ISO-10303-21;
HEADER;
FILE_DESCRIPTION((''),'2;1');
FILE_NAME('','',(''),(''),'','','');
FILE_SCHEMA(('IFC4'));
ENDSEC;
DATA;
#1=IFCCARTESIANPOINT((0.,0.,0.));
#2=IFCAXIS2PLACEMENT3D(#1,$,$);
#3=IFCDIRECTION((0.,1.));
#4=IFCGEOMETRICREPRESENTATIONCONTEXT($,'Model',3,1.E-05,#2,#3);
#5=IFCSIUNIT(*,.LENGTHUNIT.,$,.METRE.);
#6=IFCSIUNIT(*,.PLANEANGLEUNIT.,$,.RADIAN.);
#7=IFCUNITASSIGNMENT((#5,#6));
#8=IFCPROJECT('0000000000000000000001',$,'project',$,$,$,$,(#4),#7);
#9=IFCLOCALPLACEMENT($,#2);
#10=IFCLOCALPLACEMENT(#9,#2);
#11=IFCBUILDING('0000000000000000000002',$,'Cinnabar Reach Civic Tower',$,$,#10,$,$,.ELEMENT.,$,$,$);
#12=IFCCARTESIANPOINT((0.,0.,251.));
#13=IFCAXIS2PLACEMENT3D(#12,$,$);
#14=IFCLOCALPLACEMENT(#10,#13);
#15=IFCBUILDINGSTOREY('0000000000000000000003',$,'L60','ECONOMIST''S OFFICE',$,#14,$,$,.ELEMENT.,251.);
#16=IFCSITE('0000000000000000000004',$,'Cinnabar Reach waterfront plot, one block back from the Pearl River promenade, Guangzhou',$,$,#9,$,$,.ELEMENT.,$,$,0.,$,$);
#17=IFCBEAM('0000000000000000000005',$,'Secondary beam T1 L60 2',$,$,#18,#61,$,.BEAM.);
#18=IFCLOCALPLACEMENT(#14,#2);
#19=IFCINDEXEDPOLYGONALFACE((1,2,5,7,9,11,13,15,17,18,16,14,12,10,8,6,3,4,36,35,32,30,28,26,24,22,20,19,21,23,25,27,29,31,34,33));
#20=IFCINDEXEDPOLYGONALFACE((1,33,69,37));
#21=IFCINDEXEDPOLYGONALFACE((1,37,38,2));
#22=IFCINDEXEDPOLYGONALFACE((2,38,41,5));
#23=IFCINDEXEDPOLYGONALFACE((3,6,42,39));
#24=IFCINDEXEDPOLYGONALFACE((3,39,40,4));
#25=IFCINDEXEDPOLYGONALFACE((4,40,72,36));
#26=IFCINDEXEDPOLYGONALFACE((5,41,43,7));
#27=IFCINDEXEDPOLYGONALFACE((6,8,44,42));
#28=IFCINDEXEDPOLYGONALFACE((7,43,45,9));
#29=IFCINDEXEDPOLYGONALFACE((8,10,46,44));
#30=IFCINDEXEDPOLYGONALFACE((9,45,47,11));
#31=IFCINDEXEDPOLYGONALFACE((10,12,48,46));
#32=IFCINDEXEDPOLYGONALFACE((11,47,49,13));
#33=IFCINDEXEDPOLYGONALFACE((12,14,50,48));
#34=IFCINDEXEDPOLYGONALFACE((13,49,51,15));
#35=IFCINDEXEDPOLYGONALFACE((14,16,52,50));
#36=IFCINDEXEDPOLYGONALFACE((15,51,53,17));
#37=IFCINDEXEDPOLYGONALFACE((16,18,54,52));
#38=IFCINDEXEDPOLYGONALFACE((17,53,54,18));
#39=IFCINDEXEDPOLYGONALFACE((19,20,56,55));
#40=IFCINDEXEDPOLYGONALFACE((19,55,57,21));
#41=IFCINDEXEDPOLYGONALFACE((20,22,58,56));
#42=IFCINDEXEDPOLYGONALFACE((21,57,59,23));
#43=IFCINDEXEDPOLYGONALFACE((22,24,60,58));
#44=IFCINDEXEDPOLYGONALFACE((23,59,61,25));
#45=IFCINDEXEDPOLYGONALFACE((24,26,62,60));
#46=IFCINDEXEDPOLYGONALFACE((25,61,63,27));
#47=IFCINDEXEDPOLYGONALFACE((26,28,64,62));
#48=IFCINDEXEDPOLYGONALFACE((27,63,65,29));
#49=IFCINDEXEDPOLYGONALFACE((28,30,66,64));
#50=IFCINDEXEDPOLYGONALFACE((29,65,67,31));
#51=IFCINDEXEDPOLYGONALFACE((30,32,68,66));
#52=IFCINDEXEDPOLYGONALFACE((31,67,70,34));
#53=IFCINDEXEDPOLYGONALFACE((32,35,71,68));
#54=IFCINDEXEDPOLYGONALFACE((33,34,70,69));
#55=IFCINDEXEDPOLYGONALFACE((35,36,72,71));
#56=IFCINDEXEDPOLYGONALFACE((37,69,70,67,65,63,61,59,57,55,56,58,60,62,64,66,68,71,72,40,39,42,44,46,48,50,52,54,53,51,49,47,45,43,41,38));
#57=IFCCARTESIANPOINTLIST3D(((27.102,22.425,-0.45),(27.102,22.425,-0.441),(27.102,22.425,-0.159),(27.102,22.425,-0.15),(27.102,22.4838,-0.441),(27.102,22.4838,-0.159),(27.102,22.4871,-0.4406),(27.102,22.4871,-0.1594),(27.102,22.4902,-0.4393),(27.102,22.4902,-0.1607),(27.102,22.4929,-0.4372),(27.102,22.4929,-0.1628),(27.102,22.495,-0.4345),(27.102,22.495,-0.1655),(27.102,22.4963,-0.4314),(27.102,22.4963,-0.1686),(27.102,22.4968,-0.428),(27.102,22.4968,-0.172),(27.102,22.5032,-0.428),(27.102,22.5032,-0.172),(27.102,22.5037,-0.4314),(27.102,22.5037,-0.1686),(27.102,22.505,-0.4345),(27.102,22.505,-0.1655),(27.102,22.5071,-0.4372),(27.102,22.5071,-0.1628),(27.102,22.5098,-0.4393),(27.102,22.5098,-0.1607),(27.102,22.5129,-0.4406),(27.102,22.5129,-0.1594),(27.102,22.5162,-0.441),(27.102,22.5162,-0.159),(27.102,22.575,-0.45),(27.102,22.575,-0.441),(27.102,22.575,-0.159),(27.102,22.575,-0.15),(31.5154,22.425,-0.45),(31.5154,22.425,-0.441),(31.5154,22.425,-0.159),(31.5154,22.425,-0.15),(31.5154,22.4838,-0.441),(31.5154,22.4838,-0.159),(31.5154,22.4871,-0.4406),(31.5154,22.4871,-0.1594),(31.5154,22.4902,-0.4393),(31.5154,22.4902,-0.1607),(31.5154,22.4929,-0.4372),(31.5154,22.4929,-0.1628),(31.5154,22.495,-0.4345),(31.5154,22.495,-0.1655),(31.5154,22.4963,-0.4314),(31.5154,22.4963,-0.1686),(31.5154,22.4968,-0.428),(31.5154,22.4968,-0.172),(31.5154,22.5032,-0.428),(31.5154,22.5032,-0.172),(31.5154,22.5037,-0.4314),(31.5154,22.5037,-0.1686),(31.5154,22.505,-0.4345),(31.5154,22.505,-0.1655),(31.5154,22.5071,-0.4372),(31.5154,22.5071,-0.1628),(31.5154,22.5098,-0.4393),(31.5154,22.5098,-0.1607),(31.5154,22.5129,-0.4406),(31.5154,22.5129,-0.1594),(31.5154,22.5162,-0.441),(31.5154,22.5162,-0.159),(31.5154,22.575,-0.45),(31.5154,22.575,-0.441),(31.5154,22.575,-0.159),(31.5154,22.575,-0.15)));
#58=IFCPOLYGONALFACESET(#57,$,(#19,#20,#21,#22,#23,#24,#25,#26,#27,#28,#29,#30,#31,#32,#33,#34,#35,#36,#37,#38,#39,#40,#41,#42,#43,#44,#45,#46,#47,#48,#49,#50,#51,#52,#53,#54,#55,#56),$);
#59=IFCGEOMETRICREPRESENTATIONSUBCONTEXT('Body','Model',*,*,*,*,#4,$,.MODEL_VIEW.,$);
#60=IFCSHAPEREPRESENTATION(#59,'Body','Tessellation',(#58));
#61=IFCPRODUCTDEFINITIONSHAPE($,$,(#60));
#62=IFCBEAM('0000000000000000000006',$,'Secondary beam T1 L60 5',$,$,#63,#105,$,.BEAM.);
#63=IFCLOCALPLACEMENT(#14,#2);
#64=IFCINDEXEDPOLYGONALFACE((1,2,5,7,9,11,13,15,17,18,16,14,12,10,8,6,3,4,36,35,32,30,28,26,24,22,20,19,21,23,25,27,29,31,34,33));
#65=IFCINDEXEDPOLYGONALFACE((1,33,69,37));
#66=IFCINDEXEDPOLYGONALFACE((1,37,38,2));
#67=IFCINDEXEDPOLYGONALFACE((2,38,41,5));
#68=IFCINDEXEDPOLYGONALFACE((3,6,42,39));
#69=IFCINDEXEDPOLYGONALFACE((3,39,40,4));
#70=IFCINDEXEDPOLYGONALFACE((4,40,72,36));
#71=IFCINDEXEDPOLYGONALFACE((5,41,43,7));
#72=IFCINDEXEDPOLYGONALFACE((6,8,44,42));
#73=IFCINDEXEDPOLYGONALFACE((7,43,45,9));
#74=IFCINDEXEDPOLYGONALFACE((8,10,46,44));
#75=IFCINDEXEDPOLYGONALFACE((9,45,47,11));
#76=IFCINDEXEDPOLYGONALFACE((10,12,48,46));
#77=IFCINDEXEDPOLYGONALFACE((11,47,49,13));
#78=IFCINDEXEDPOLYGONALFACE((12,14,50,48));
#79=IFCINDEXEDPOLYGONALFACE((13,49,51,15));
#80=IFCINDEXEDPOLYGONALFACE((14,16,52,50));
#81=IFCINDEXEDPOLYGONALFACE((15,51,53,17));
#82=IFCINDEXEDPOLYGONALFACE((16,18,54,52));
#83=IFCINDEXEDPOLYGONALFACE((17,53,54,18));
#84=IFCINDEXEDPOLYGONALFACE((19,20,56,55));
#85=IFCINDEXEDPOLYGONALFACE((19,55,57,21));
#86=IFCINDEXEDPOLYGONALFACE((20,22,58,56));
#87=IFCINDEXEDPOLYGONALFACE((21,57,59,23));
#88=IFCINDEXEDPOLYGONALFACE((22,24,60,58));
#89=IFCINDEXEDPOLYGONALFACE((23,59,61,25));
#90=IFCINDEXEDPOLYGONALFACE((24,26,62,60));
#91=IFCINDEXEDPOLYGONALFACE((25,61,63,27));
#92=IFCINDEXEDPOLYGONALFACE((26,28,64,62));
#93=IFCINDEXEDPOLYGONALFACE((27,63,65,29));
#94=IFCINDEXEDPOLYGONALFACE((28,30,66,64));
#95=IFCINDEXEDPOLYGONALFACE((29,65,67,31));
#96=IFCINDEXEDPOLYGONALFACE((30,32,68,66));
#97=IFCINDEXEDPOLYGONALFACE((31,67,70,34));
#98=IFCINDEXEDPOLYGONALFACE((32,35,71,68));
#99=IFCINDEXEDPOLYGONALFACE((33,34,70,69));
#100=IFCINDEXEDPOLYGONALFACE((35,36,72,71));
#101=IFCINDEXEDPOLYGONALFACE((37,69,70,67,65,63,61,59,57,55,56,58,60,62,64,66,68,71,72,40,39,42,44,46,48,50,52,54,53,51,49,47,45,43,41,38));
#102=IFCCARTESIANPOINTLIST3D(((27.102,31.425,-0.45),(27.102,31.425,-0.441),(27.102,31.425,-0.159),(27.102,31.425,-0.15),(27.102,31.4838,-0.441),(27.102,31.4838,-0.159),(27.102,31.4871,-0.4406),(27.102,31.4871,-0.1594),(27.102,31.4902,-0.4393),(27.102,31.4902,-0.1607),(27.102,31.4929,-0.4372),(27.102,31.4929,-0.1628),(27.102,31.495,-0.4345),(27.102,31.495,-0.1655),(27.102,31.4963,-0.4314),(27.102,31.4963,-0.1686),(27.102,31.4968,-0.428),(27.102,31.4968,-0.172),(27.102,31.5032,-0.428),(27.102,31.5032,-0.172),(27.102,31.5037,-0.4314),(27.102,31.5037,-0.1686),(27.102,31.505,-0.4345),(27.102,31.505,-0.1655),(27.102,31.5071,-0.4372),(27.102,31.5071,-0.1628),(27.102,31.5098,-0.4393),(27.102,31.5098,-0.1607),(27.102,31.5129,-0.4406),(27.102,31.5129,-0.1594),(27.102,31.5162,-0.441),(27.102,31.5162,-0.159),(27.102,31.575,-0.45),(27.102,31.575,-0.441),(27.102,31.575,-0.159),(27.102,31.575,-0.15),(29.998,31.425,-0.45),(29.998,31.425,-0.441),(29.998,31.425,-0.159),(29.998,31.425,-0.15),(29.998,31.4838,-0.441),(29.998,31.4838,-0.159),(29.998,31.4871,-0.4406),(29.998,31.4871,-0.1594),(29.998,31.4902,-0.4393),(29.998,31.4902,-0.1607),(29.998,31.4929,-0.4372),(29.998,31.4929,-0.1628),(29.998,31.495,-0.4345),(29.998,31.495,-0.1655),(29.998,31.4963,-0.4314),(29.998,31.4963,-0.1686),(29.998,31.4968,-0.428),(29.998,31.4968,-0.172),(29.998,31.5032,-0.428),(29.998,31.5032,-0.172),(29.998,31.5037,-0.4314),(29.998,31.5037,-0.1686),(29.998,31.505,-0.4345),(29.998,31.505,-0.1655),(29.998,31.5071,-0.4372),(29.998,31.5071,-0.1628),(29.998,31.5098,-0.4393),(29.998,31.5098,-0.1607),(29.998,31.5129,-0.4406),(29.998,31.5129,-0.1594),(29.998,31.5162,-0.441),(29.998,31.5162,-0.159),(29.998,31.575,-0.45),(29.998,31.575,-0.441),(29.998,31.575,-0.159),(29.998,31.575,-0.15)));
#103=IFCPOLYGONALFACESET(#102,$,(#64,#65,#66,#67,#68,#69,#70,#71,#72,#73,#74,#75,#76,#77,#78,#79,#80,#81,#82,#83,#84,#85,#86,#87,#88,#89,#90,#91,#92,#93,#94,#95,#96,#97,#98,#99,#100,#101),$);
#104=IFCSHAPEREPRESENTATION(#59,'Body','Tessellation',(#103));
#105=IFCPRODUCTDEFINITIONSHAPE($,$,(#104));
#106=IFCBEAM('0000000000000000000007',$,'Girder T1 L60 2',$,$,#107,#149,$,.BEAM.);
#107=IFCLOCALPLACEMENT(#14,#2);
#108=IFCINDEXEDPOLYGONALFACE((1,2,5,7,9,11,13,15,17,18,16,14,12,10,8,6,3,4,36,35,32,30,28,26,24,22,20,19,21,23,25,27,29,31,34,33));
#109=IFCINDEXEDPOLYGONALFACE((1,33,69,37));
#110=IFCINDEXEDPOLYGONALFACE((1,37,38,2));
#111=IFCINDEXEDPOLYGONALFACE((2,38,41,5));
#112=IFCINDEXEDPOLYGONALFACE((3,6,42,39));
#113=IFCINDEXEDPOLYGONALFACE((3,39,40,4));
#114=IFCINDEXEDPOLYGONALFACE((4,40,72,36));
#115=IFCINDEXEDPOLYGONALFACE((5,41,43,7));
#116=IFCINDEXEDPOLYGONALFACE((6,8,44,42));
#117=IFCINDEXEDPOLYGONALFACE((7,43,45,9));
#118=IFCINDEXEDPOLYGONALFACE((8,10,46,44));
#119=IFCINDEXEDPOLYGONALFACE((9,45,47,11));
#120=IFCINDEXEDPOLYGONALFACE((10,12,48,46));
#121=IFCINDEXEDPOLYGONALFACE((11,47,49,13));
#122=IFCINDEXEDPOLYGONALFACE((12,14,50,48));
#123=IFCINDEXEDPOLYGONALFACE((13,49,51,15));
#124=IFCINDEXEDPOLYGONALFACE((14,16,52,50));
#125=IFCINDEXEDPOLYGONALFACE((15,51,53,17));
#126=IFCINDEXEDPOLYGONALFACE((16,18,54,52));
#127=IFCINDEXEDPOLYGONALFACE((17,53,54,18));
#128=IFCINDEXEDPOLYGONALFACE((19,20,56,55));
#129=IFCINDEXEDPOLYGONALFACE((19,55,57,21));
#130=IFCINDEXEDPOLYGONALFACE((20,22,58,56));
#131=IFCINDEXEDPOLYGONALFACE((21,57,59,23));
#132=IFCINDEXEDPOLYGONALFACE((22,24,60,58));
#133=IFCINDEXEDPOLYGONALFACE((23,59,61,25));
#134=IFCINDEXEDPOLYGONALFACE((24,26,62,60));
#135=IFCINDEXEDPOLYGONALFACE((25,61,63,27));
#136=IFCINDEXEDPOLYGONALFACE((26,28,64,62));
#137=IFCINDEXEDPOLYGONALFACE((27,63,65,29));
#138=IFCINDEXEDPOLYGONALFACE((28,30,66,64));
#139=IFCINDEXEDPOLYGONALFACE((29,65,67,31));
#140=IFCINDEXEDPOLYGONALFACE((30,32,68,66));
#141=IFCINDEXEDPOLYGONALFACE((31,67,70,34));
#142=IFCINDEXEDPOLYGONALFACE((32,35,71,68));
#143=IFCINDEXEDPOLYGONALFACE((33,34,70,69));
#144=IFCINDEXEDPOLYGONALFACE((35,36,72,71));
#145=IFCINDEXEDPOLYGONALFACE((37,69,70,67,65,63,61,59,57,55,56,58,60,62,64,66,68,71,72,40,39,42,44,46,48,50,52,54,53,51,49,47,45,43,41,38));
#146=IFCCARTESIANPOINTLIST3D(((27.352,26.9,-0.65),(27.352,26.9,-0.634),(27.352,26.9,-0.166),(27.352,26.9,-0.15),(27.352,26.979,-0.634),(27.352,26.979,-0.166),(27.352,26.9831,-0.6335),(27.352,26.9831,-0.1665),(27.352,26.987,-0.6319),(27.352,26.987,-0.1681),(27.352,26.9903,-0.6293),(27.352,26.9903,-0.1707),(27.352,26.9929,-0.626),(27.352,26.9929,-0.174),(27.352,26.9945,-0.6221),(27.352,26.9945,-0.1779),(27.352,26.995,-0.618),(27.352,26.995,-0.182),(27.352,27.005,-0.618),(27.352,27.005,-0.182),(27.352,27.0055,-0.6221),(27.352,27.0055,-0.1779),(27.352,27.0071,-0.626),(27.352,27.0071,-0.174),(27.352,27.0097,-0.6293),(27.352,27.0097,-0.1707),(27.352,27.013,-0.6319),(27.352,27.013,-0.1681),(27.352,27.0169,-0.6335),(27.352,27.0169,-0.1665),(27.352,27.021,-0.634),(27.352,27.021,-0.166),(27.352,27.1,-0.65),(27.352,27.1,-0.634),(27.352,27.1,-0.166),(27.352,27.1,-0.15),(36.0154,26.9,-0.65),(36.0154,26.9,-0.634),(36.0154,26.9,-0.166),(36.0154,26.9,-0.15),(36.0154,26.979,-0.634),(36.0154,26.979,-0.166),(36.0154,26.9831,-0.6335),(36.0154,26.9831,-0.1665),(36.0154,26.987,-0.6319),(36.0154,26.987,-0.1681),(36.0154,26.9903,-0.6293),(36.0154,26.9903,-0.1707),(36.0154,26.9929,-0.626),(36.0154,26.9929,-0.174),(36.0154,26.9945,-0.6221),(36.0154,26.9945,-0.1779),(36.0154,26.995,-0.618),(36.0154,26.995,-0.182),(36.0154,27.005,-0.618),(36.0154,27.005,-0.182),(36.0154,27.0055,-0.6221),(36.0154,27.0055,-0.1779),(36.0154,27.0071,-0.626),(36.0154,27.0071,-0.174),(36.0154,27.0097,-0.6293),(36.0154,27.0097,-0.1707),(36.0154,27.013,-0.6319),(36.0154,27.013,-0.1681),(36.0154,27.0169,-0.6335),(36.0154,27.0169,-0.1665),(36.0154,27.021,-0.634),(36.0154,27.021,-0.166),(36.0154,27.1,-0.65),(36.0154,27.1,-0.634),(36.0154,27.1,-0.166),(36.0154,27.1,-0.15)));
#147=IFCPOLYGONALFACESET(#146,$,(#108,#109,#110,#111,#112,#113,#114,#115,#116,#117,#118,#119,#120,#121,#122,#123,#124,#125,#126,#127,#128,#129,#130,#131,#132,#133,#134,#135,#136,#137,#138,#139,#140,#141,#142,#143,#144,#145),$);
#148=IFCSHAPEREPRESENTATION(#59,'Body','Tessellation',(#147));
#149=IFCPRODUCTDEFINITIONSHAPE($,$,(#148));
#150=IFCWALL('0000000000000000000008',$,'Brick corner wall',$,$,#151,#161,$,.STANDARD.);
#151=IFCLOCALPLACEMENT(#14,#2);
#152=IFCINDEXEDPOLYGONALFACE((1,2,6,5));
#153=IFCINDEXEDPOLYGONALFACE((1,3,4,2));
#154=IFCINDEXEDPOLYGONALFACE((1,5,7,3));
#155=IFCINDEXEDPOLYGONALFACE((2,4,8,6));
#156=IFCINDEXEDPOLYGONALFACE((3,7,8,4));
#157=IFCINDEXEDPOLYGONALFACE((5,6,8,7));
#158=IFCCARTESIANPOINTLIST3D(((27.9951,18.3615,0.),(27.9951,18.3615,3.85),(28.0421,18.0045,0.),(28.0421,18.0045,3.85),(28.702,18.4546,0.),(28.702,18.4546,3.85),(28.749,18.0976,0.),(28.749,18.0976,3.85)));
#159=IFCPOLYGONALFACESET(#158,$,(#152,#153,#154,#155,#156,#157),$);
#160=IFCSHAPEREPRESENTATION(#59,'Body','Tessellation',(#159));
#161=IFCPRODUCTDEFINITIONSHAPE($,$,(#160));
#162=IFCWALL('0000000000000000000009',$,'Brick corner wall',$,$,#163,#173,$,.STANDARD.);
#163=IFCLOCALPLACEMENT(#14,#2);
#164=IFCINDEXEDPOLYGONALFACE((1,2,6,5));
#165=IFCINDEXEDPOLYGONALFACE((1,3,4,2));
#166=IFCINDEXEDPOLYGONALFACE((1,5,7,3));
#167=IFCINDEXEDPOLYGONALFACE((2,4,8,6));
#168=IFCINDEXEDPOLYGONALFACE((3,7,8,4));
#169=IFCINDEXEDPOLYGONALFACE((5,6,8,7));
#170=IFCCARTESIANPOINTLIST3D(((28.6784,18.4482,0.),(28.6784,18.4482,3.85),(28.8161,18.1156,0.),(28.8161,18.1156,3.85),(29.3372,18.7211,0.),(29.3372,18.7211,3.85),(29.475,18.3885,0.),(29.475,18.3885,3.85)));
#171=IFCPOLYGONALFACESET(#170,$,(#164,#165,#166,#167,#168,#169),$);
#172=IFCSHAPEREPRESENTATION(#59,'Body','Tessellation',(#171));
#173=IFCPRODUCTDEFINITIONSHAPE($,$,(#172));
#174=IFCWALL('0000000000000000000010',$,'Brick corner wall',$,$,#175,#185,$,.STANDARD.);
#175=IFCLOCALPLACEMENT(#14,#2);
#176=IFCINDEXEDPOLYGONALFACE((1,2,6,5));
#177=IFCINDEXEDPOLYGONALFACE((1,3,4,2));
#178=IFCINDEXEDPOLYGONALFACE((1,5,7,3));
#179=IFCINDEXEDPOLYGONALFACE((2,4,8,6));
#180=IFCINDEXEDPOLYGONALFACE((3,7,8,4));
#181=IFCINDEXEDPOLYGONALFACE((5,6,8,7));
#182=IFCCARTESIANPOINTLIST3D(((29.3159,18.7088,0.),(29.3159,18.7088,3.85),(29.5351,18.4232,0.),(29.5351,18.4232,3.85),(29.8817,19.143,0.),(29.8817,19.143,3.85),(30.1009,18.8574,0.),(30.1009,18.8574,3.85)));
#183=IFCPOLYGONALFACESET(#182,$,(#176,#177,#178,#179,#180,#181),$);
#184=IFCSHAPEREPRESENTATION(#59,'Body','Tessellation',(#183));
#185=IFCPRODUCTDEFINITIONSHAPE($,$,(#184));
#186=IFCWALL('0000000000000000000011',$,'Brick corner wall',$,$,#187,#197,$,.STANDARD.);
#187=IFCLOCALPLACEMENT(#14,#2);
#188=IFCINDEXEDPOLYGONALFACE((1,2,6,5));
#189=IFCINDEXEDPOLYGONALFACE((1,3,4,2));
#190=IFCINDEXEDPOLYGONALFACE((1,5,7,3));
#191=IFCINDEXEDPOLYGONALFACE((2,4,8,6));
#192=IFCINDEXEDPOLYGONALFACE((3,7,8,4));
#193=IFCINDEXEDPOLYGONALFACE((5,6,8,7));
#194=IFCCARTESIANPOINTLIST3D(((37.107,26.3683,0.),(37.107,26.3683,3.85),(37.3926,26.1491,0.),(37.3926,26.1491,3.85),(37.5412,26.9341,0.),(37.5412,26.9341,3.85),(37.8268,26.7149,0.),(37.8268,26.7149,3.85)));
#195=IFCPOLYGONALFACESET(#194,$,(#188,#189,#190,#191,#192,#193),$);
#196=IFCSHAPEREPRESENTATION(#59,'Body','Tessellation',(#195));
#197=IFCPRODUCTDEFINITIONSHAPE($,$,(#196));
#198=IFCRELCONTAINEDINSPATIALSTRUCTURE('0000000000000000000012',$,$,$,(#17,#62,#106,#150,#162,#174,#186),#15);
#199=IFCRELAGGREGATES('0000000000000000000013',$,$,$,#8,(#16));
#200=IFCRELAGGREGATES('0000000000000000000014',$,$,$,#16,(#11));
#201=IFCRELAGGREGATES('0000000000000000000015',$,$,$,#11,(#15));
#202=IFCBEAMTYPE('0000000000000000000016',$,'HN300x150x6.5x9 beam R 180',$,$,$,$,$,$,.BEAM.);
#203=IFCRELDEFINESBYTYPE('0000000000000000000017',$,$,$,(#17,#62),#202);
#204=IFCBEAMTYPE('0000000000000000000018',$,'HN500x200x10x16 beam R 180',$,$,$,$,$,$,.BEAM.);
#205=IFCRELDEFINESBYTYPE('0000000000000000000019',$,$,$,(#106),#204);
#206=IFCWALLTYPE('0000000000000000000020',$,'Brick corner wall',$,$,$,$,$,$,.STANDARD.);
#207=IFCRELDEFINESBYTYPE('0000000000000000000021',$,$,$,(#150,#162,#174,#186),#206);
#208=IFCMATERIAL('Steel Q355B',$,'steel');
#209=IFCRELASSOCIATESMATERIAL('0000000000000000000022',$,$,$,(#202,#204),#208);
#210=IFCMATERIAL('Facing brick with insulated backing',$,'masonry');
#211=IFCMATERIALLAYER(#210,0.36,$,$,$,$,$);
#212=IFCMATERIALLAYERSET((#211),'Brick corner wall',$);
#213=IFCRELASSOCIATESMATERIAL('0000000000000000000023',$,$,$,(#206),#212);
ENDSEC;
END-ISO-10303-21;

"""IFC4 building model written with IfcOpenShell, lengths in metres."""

from ifc_helpers import new_model, si_unit, direction, frame, frame_2d, origin, origin_2d, place, context, subcontext, project, spatial, rectangle, i_section, extrude, material, layer, layer_set, material_profile, profile_set, type_object, element, save


model = new_model("IFC4")

# Units and contexts
model_context = context("Model", 3, precision=1e-05, world=origin(), true_north=direction((0.0, 1.0)))
body_context = subcontext(model_context, "Body", "Model", "MODEL_VIEW")
ifc_project = project(units=[si_unit("LENGTHUNIT", "METRE"), si_unit("PLANEANGLEUNIT", "RADIAN")], contexts=[model_context])

# Site, building, storey
site_placement = place(None, origin())
site = spatial("IfcSite", under=ifc_project, at=site_placement, Name="Cinnabar Reach waterfront plot, one block back from the Pearl River promenade, Guangzhou", CompositionType="ELEMENT", RefElevation=0.0)
building_placement = place(site_placement, origin())
building = spatial("IfcBuilding", under=site, at=building_placement, Name="Cinnabar Reach Civic Tower", CompositionType="ELEMENT")
storey_placement = place(building_placement, frame((0.0, 0.0, 251.0)))
storey = spatial("IfcBuildingStorey", under=building, at=storey_placement, Name="L60", Description="ECONOMIST'S OFFICE", CompositionType="ELEMENT", Elevation=251.0)

# Beams
ifc_material_1 = material(Name="Steel Q355B", Category="steel")
ifc_material_profile_1 = material_profile(ifc_material_1, i_section(OverallWidth=0.15, OverallDepth=0.3, WebThickness=0.0065, FlangeThickness=0.009, FilletRadius=0.013, at=origin_2d()), Name="HN300x150x6.5x9")
ifc_profile_set_1 = profile_set([ifc_material_profile_1], Name="Steel Q355B")
beam_type_1 = type_object("IfcBeamType", Name="HN300x150x6.5x9 beam R 180", PredefinedType="BEAM", material=ifc_profile_set_1)
beam_1_placement = place(storey_placement, frame((27.102, 22.5, -0.3), z_axis=(1.0, 0.0, 0.0), x_axis=(0.0, 1.0, 0.0)))
element("IfcBeam", 1, at=beam_1_placement, inside=storey, type_object=beam_type_1, Name="Secondary beam T1 L60 2", PredefinedType="BEAM", context=body_context, shape_type="SweptSolid", body=[
    extrude(i_section(OverallWidth=0.15, OverallDepth=0.3, WebThickness=0.0065, FlangeThickness=0.009, FilletRadius=0.013, at=origin_2d()), origin(), (0.0, 0.0, 1.0), 4.4134),
])
beam_2_placement = place(storey_placement, frame((27.102, 31.5, -0.3), z_axis=(1.0, 0.0, 0.0), x_axis=(0.0, 1.0, 0.0)))
element("IfcBeam", 2, at=beam_2_placement, inside=storey, type_object=beam_type_1, Name="Secondary beam T1 L60 5", PredefinedType="BEAM", context=body_context, shape_type="SweptSolid", body=[
    extrude(i_section(OverallWidth=0.15, OverallDepth=0.3, WebThickness=0.0065, FlangeThickness=0.009, FilletRadius=0.013, at=origin_2d()), origin(), (0.0, 0.0, 1.0), 2.896),
])
ifc_material_profile_2 = material_profile(ifc_material_1, i_section(OverallWidth=0.2, OverallDepth=0.5, WebThickness=0.01, FlangeThickness=0.016, FilletRadius=0.016, at=origin_2d()), Name="HN500x200x10x16")
ifc_profile_set_2 = profile_set([ifc_material_profile_2], Name="Steel Q355B")
beam_type_2 = type_object("IfcBeamType", Name="HN500x200x10x16 beam R 180", PredefinedType="BEAM", material=ifc_profile_set_2)
beam_3_placement = place(storey_placement, frame((27.352, 27.0, -0.4), z_axis=(1.0, 0.0, 0.0), x_axis=(0.0, 1.0, 0.0)))
element("IfcBeam", 3, at=beam_3_placement, inside=storey, type_object=beam_type_2, Name="Girder T1 L60 2", PredefinedType="BEAM", context=body_context, shape_type="SweptSolid", body=[
    extrude(i_section(OverallWidth=0.2, OverallDepth=0.5, WebThickness=0.01, FlangeThickness=0.016, FilletRadius=0.016, at=origin_2d()), origin(), (0.0, 0.0, 1.0), 8.6634),
])

# Walls
ifc_material_2 = material(Name="Facing brick with insulated backing", Category="masonry")
ifc_layer_1 = layer(ifc_material_2, 0.36)
ifc_layer_set_1 = layer_set([ifc_layer_1], Name="Brick corner wall")
wall_type_1 = type_object("IfcWallType", Name="Brick corner wall", PredefinedType="STANDARD", material=ifc_layer_set_1)
for number, where, z_axis, x_axis, name in (
    (4, (28.0186, 18.183, 0.0), (0.0, 0.0, 1.0), (0.991441, 0.130556, 0.0), "Brick corner wall"),
    (5, (28.7473, 18.2819, 0.0), (0.0, 0.0, 1.0), (0.923872, 0.382703, 0.0), "Brick corner wall"),
):
    element("IfcWall", number, at=place(storey_placement, frame(where, z_axis=z_axis, x_axis=x_axis)), inside=storey, type_object=wall_type_1, Name=name, PredefinedType="STANDARD", context=body_context, shape_type="SweptSolid", body=[
        extrude(rectangle(XDim=0.7131, YDim=0.36, at=frame_2d((0.3565, 0.0))), origin(), (0.0, 0.0, 1.0), 3.85),
    ])
for number, where, z_axis, x_axis, name in (
    (6, (29.4255, 18.566, 0.0), (0.0, 0.0, 1.0), (0.793322, 0.608802, 0.0), "Brick corner wall"),
    (7, (37.2498, 26.2587, 0.0), (0.0, 0.0, 1.0), (0.608802, 0.793322, 0.0), "Brick corner wall"),
):
    element("IfcWall", number, at=place(storey_placement, frame(where, z_axis=z_axis, x_axis=x_axis)), inside=storey, type_object=wall_type_1, Name=name, PredefinedType="STANDARD", context=body_context, shape_type="SweptSolid", body=[
        extrude(rectangle(XDim=0.7132, YDim=0.36, at=frame_2d((0.3566, 0.0))), origin(), (0.0, 0.0, 1.0), 3.85),
    ])

save(model, "model.ifc")
